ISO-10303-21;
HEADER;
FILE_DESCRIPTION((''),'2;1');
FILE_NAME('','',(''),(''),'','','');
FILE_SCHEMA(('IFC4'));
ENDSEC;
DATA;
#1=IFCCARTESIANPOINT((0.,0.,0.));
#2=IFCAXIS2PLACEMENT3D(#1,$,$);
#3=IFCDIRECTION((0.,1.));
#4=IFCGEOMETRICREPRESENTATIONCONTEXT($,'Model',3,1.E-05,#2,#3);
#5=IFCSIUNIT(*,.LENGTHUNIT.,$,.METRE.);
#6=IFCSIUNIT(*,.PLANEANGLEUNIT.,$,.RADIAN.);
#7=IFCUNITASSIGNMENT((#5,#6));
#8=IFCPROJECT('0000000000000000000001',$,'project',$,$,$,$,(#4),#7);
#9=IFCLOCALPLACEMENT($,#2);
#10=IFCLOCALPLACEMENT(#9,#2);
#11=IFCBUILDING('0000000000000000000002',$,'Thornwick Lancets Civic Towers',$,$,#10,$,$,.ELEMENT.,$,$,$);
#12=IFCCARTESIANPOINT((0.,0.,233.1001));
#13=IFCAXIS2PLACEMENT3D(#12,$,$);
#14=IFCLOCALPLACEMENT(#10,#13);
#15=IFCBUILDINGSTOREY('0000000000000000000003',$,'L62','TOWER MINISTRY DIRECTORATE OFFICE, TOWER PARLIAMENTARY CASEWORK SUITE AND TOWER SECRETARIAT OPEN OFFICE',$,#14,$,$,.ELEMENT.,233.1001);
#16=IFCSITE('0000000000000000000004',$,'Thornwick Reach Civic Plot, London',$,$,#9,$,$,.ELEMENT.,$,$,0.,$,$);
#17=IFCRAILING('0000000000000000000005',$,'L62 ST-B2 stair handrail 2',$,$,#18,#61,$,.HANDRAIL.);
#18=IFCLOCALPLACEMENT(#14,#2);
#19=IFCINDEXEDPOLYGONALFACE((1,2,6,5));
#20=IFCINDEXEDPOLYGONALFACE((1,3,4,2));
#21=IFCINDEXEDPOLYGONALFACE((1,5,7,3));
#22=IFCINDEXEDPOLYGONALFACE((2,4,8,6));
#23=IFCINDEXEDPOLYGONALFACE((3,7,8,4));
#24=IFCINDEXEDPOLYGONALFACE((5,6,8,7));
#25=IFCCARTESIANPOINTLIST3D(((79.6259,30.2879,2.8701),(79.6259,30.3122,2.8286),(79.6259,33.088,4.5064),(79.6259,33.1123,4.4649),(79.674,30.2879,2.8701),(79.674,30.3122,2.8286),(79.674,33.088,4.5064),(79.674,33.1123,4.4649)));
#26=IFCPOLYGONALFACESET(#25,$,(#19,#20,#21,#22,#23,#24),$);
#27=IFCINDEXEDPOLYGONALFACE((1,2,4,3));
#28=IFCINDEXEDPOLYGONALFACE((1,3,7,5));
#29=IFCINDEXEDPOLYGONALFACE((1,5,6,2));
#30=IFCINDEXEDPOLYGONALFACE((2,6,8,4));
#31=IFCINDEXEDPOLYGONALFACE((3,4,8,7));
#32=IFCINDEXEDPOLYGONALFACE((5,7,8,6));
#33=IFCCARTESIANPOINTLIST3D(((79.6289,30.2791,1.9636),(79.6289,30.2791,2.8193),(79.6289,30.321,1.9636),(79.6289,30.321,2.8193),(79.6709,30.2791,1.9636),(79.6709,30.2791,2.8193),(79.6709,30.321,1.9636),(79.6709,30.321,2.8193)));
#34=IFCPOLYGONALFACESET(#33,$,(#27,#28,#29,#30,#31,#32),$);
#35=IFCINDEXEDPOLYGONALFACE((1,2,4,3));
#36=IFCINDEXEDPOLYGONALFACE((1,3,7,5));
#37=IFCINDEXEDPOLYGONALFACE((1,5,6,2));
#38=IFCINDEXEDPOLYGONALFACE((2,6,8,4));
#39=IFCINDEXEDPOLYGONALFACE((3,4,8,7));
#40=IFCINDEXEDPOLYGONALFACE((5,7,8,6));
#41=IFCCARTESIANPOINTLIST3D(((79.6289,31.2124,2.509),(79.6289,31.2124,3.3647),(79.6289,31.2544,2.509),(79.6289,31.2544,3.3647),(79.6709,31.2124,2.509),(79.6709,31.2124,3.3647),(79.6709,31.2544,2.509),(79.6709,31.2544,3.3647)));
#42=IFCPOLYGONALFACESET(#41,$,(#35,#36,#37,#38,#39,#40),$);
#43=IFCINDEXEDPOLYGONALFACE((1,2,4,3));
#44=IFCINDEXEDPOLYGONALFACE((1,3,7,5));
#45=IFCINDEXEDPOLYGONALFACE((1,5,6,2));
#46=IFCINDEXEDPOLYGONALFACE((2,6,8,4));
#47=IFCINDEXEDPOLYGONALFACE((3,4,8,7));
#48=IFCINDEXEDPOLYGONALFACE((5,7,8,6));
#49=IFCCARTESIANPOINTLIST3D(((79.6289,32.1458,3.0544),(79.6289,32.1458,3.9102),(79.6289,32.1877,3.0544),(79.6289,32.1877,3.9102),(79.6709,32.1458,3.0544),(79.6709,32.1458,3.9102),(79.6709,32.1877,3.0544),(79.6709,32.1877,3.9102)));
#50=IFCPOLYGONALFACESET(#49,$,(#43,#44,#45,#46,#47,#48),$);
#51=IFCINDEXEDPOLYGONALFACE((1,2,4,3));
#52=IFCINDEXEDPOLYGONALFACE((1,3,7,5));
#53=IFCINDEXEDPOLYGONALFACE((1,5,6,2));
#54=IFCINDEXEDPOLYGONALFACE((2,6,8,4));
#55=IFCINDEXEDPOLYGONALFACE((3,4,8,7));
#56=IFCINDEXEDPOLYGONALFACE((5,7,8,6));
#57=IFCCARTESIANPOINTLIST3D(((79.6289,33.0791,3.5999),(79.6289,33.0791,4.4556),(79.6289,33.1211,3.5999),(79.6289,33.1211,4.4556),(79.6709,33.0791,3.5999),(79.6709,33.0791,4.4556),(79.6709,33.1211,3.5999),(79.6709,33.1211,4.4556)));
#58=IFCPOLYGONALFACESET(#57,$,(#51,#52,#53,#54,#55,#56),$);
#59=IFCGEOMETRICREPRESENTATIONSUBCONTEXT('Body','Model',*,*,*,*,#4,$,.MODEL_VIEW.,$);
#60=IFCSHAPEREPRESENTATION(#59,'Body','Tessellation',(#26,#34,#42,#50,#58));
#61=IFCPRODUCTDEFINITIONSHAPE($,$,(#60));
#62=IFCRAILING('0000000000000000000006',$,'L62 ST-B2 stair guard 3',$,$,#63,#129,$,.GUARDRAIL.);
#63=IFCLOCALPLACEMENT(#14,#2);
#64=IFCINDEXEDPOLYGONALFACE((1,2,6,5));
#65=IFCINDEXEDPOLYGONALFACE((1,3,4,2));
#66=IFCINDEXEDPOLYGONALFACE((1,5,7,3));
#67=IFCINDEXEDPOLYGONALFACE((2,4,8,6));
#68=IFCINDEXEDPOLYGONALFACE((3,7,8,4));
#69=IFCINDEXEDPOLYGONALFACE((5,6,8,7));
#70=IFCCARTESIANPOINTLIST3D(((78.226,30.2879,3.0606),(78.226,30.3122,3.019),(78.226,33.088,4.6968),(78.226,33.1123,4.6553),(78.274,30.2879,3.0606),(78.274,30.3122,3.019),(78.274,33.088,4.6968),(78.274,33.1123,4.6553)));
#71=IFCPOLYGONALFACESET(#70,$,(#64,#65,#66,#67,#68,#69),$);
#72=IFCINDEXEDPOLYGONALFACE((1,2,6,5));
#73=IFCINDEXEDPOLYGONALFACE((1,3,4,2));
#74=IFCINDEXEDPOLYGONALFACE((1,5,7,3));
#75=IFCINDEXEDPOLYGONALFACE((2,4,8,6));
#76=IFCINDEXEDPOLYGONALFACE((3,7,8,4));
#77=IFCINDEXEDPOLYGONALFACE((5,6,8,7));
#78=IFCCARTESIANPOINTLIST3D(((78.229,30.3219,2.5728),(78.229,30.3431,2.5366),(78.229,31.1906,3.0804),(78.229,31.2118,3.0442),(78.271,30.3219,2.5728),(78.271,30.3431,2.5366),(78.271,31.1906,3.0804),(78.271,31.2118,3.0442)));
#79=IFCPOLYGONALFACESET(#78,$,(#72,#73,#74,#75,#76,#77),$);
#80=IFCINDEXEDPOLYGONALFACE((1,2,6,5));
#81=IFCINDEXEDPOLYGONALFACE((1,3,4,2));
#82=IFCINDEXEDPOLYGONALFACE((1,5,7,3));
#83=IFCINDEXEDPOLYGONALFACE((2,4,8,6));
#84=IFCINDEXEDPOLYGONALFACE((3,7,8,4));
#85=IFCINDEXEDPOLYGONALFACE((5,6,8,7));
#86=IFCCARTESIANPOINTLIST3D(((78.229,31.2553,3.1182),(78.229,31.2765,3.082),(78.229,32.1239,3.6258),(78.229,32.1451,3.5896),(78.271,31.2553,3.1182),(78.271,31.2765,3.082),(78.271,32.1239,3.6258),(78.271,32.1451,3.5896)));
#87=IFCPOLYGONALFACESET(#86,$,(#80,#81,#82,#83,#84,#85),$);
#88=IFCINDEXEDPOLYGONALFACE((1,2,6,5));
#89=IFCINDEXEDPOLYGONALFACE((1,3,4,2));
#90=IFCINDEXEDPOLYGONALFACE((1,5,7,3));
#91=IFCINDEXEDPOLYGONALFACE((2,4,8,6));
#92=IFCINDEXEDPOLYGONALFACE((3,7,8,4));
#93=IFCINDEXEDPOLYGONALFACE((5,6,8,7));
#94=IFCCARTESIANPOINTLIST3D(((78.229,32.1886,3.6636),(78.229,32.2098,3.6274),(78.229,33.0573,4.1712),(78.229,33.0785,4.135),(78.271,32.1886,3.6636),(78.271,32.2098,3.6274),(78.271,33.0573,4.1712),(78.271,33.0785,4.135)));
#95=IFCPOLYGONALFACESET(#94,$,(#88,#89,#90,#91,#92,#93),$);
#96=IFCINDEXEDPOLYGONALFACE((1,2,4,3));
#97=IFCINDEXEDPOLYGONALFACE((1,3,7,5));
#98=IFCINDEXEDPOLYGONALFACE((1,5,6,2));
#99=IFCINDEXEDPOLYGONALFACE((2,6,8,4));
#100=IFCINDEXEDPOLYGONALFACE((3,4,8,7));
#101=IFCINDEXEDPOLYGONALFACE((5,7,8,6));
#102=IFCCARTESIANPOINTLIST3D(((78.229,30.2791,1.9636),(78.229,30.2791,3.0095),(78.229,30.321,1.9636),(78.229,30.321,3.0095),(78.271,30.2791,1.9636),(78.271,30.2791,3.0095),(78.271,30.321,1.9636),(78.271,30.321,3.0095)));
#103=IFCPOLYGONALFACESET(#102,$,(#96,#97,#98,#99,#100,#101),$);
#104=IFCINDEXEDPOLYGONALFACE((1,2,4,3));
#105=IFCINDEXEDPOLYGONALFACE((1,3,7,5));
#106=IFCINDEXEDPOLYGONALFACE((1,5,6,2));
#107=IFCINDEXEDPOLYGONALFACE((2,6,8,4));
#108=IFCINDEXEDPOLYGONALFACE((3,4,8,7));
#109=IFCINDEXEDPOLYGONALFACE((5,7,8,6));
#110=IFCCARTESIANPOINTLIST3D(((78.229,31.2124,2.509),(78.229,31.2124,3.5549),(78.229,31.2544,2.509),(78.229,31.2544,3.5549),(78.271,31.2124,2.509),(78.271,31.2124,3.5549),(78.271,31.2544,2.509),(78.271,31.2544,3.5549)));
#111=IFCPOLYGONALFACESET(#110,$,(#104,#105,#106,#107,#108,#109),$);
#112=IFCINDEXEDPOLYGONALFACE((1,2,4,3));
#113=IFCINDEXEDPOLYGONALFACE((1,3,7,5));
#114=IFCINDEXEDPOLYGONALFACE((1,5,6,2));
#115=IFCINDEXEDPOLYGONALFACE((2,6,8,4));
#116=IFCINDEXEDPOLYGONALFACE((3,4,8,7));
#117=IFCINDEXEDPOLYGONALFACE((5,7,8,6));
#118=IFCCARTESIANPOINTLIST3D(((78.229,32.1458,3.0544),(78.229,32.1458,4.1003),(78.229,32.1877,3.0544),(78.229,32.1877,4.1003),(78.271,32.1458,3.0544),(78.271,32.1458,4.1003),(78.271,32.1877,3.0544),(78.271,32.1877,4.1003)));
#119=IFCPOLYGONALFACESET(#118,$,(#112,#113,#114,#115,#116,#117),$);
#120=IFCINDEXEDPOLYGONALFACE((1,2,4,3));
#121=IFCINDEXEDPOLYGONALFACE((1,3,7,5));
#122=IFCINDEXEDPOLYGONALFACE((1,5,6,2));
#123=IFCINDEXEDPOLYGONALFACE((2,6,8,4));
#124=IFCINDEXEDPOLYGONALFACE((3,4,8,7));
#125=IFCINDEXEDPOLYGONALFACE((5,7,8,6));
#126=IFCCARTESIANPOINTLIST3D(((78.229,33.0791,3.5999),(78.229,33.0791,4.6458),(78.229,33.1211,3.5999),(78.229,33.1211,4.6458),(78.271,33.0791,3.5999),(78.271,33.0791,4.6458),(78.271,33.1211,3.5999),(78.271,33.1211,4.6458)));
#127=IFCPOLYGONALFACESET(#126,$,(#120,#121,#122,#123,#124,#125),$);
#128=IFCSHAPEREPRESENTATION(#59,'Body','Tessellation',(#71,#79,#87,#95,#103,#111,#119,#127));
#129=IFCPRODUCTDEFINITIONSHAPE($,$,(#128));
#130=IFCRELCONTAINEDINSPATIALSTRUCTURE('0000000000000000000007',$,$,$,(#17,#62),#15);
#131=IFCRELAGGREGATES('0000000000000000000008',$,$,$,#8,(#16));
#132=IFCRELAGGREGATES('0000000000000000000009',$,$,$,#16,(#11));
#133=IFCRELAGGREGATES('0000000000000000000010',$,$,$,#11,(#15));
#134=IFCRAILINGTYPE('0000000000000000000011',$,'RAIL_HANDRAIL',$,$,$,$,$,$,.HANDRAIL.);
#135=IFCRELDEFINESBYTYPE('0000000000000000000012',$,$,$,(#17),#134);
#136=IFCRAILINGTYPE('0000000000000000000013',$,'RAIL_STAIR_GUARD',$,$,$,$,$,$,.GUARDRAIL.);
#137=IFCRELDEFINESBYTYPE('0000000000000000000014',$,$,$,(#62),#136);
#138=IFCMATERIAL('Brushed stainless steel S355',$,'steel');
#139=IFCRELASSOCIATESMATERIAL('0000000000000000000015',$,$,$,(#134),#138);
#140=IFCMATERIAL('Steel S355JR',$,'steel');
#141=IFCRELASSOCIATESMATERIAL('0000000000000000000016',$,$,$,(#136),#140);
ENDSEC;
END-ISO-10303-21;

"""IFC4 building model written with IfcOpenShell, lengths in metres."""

from ifc_helpers import new_model, si_unit, direction, frame, origin, origin_2d, place, context, subcontext, project, spatial, rectangle, extrude, material, type_object, element, save


model = new_model("IFC4")

# Units and contexts
model_context = context("Model", 3, precision=1e-05, world=origin(), true_north=direction((0.0, 1.0)))
body_context = subcontext(model_context, "Body", "Model", "MODEL_VIEW")
ifc_project = project(units=[si_unit("LENGTHUNIT", "METRE"), si_unit("PLANEANGLEUNIT", "RADIAN")], contexts=[model_context])

# Site, building, storey
site_placement = place(None, origin())
site = spatial("IfcSite", under=ifc_project, at=site_placement, Name="Thornwick Reach Civic Plot, London", CompositionType="ELEMENT", RefElevation=0.0)
building_placement = place(site_placement, origin())
building = spatial("IfcBuilding", under=site, at=building_placement, Name="Thornwick Lancets Civic Towers", CompositionType="ELEMENT")
storey_placement = place(building_placement, frame((0.0, 0.0, 233.1001)))
storey = spatial("IfcBuildingStorey", under=building, at=storey_placement, Name="L62", Description="TOWER MINISTRY DIRECTORATE OFFICE, TOWER PARLIAMENTARY CASEWORK SUITE AND TOWER SECRETARIAT OPEN OFFICE", CompositionType="ELEMENT", Elevation=233.1001)

# Shared definitions
ifc_material_1 = material(Name="Steel S355JR", Category="steel")

# Railings
ifc_material_2 = material(Name="Brushed stainless steel S355", Category="steel")
railing_type_1 = type_object("IfcRailingType", Name="RAIL_HANDRAIL", PredefinedType="HANDRAIL", material=ifc_material_2)
railing_1_placement = place(storey_placement, frame((79.6499, 30.3, 1.9636)))
element("IfcRailing", 1, at=railing_1_placement, inside=storey, type_object=railing_type_1, Name="L62 ST-B2 stair handrail 2", PredefinedType="HANDRAIL", context=body_context, shape_type="SweptSolid", body=[
    extrude(rectangle(XDim=0.0481, YDim=0.0481, at=origin_2d()), frame((0.0, 0.0, 0.8857), z_axis=(0.0, 0.863394, 0.504531), x_axis=(-1.0, 0.0, 0.0)), (0.0, 0.0, 1.0), 3.2432),
    extrude(rectangle(XDim=0.042, YDim=0.042, at=origin_2d()), origin(), (0.0, 0.0, 1.0), 0.8557),
    extrude(rectangle(XDim=0.042, YDim=0.042, at=origin_2d()), frame((0.0, 0.9333, 0.5454)), (0.0, 0.0, 1.0), 0.8557),
    extrude(rectangle(XDim=0.042, YDim=0.042, at=origin_2d()), frame((0.0, 1.8667, 1.0908)), (0.0, 0.0, 1.0), 0.8557),
    extrude(rectangle(XDim=0.042, YDim=0.042, at=origin_2d()), frame((0.0, 2.8, 1.6362)), (0.0, 0.0, 1.0), 0.8557),
])
railing_type_2 = type_object("IfcRailingType", Name="RAIL_STAIR_GUARD", PredefinedType="GUARDRAIL", material=ifc_material_1)
railing_2_placement = place(storey_placement, frame((78.25, 30.3, 1.9636)))
element("IfcRailing", 2, at=railing_2_placement, inside=storey, type_object=railing_type_2, Name="L62 ST-B2 stair guard 3", PredefinedType="GUARDRAIL", context=body_context, shape_type="SweptSolid", body=[
    extrude(rectangle(XDim=0.0481, YDim=0.0481, at=origin_2d()), frame((0.0, 0.0, 1.0762), z_axis=(0.0, 0.863394, 0.504531), x_axis=(-1.0, 0.0, 0.0)), (0.0, 0.0, 1.0), 3.2432),
    extrude(rectangle(XDim=0.042, YDim=0.042, at=origin_2d()), frame((0.0, 0.0325, 0.5911), z_axis=(0.0, 0.863394, 0.504531), x_axis=(-1.0, 0.0, 0.0)), (0.0, 0.0, 1.0), 1.0061),
    extrude(rectangle(XDim=0.042, YDim=0.042, at=origin_2d()), frame((0.0, 0.9658, 1.1365), z_axis=(0.0, 0.863394, 0.504531), x_axis=(-1.0, 0.0, 0.0)), (0.0, 0.0, 1.0), 1.0061),
    extrude(rectangle(XDim=0.042, YDim=0.042, at=origin_2d()), frame((0.0, 1.8992, 1.6819), z_axis=(0.0, 0.863394, 0.504531), x_axis=(-1.0, 0.0, 0.0)), (0.0, 0.0, 1.0), 1.0061),
    extrude(rectangle(XDim=0.042, YDim=0.042, at=origin_2d()), origin(), (0.0, 0.0, 1.0), 1.0459),
    extrude(rectangle(XDim=0.042, YDim=0.042, at=origin_2d()), frame((0.0, 0.9333, 0.5454)), (0.0, 0.0, 1.0), 1.0459),
    extrude(rectangle(XDim=0.042, YDim=0.042, at=origin_2d()), frame((0.0, 1.8667, 1.0908)), (0.0, 0.0, 1.0), 1.0459),
    extrude(rectangle(XDim=0.042, YDim=0.042, at=origin_2d()), frame((0.0, 2.8, 1.6362)), (0.0, 0.0, 1.0), 1.0459),
])

save(model, "model.ifc")
